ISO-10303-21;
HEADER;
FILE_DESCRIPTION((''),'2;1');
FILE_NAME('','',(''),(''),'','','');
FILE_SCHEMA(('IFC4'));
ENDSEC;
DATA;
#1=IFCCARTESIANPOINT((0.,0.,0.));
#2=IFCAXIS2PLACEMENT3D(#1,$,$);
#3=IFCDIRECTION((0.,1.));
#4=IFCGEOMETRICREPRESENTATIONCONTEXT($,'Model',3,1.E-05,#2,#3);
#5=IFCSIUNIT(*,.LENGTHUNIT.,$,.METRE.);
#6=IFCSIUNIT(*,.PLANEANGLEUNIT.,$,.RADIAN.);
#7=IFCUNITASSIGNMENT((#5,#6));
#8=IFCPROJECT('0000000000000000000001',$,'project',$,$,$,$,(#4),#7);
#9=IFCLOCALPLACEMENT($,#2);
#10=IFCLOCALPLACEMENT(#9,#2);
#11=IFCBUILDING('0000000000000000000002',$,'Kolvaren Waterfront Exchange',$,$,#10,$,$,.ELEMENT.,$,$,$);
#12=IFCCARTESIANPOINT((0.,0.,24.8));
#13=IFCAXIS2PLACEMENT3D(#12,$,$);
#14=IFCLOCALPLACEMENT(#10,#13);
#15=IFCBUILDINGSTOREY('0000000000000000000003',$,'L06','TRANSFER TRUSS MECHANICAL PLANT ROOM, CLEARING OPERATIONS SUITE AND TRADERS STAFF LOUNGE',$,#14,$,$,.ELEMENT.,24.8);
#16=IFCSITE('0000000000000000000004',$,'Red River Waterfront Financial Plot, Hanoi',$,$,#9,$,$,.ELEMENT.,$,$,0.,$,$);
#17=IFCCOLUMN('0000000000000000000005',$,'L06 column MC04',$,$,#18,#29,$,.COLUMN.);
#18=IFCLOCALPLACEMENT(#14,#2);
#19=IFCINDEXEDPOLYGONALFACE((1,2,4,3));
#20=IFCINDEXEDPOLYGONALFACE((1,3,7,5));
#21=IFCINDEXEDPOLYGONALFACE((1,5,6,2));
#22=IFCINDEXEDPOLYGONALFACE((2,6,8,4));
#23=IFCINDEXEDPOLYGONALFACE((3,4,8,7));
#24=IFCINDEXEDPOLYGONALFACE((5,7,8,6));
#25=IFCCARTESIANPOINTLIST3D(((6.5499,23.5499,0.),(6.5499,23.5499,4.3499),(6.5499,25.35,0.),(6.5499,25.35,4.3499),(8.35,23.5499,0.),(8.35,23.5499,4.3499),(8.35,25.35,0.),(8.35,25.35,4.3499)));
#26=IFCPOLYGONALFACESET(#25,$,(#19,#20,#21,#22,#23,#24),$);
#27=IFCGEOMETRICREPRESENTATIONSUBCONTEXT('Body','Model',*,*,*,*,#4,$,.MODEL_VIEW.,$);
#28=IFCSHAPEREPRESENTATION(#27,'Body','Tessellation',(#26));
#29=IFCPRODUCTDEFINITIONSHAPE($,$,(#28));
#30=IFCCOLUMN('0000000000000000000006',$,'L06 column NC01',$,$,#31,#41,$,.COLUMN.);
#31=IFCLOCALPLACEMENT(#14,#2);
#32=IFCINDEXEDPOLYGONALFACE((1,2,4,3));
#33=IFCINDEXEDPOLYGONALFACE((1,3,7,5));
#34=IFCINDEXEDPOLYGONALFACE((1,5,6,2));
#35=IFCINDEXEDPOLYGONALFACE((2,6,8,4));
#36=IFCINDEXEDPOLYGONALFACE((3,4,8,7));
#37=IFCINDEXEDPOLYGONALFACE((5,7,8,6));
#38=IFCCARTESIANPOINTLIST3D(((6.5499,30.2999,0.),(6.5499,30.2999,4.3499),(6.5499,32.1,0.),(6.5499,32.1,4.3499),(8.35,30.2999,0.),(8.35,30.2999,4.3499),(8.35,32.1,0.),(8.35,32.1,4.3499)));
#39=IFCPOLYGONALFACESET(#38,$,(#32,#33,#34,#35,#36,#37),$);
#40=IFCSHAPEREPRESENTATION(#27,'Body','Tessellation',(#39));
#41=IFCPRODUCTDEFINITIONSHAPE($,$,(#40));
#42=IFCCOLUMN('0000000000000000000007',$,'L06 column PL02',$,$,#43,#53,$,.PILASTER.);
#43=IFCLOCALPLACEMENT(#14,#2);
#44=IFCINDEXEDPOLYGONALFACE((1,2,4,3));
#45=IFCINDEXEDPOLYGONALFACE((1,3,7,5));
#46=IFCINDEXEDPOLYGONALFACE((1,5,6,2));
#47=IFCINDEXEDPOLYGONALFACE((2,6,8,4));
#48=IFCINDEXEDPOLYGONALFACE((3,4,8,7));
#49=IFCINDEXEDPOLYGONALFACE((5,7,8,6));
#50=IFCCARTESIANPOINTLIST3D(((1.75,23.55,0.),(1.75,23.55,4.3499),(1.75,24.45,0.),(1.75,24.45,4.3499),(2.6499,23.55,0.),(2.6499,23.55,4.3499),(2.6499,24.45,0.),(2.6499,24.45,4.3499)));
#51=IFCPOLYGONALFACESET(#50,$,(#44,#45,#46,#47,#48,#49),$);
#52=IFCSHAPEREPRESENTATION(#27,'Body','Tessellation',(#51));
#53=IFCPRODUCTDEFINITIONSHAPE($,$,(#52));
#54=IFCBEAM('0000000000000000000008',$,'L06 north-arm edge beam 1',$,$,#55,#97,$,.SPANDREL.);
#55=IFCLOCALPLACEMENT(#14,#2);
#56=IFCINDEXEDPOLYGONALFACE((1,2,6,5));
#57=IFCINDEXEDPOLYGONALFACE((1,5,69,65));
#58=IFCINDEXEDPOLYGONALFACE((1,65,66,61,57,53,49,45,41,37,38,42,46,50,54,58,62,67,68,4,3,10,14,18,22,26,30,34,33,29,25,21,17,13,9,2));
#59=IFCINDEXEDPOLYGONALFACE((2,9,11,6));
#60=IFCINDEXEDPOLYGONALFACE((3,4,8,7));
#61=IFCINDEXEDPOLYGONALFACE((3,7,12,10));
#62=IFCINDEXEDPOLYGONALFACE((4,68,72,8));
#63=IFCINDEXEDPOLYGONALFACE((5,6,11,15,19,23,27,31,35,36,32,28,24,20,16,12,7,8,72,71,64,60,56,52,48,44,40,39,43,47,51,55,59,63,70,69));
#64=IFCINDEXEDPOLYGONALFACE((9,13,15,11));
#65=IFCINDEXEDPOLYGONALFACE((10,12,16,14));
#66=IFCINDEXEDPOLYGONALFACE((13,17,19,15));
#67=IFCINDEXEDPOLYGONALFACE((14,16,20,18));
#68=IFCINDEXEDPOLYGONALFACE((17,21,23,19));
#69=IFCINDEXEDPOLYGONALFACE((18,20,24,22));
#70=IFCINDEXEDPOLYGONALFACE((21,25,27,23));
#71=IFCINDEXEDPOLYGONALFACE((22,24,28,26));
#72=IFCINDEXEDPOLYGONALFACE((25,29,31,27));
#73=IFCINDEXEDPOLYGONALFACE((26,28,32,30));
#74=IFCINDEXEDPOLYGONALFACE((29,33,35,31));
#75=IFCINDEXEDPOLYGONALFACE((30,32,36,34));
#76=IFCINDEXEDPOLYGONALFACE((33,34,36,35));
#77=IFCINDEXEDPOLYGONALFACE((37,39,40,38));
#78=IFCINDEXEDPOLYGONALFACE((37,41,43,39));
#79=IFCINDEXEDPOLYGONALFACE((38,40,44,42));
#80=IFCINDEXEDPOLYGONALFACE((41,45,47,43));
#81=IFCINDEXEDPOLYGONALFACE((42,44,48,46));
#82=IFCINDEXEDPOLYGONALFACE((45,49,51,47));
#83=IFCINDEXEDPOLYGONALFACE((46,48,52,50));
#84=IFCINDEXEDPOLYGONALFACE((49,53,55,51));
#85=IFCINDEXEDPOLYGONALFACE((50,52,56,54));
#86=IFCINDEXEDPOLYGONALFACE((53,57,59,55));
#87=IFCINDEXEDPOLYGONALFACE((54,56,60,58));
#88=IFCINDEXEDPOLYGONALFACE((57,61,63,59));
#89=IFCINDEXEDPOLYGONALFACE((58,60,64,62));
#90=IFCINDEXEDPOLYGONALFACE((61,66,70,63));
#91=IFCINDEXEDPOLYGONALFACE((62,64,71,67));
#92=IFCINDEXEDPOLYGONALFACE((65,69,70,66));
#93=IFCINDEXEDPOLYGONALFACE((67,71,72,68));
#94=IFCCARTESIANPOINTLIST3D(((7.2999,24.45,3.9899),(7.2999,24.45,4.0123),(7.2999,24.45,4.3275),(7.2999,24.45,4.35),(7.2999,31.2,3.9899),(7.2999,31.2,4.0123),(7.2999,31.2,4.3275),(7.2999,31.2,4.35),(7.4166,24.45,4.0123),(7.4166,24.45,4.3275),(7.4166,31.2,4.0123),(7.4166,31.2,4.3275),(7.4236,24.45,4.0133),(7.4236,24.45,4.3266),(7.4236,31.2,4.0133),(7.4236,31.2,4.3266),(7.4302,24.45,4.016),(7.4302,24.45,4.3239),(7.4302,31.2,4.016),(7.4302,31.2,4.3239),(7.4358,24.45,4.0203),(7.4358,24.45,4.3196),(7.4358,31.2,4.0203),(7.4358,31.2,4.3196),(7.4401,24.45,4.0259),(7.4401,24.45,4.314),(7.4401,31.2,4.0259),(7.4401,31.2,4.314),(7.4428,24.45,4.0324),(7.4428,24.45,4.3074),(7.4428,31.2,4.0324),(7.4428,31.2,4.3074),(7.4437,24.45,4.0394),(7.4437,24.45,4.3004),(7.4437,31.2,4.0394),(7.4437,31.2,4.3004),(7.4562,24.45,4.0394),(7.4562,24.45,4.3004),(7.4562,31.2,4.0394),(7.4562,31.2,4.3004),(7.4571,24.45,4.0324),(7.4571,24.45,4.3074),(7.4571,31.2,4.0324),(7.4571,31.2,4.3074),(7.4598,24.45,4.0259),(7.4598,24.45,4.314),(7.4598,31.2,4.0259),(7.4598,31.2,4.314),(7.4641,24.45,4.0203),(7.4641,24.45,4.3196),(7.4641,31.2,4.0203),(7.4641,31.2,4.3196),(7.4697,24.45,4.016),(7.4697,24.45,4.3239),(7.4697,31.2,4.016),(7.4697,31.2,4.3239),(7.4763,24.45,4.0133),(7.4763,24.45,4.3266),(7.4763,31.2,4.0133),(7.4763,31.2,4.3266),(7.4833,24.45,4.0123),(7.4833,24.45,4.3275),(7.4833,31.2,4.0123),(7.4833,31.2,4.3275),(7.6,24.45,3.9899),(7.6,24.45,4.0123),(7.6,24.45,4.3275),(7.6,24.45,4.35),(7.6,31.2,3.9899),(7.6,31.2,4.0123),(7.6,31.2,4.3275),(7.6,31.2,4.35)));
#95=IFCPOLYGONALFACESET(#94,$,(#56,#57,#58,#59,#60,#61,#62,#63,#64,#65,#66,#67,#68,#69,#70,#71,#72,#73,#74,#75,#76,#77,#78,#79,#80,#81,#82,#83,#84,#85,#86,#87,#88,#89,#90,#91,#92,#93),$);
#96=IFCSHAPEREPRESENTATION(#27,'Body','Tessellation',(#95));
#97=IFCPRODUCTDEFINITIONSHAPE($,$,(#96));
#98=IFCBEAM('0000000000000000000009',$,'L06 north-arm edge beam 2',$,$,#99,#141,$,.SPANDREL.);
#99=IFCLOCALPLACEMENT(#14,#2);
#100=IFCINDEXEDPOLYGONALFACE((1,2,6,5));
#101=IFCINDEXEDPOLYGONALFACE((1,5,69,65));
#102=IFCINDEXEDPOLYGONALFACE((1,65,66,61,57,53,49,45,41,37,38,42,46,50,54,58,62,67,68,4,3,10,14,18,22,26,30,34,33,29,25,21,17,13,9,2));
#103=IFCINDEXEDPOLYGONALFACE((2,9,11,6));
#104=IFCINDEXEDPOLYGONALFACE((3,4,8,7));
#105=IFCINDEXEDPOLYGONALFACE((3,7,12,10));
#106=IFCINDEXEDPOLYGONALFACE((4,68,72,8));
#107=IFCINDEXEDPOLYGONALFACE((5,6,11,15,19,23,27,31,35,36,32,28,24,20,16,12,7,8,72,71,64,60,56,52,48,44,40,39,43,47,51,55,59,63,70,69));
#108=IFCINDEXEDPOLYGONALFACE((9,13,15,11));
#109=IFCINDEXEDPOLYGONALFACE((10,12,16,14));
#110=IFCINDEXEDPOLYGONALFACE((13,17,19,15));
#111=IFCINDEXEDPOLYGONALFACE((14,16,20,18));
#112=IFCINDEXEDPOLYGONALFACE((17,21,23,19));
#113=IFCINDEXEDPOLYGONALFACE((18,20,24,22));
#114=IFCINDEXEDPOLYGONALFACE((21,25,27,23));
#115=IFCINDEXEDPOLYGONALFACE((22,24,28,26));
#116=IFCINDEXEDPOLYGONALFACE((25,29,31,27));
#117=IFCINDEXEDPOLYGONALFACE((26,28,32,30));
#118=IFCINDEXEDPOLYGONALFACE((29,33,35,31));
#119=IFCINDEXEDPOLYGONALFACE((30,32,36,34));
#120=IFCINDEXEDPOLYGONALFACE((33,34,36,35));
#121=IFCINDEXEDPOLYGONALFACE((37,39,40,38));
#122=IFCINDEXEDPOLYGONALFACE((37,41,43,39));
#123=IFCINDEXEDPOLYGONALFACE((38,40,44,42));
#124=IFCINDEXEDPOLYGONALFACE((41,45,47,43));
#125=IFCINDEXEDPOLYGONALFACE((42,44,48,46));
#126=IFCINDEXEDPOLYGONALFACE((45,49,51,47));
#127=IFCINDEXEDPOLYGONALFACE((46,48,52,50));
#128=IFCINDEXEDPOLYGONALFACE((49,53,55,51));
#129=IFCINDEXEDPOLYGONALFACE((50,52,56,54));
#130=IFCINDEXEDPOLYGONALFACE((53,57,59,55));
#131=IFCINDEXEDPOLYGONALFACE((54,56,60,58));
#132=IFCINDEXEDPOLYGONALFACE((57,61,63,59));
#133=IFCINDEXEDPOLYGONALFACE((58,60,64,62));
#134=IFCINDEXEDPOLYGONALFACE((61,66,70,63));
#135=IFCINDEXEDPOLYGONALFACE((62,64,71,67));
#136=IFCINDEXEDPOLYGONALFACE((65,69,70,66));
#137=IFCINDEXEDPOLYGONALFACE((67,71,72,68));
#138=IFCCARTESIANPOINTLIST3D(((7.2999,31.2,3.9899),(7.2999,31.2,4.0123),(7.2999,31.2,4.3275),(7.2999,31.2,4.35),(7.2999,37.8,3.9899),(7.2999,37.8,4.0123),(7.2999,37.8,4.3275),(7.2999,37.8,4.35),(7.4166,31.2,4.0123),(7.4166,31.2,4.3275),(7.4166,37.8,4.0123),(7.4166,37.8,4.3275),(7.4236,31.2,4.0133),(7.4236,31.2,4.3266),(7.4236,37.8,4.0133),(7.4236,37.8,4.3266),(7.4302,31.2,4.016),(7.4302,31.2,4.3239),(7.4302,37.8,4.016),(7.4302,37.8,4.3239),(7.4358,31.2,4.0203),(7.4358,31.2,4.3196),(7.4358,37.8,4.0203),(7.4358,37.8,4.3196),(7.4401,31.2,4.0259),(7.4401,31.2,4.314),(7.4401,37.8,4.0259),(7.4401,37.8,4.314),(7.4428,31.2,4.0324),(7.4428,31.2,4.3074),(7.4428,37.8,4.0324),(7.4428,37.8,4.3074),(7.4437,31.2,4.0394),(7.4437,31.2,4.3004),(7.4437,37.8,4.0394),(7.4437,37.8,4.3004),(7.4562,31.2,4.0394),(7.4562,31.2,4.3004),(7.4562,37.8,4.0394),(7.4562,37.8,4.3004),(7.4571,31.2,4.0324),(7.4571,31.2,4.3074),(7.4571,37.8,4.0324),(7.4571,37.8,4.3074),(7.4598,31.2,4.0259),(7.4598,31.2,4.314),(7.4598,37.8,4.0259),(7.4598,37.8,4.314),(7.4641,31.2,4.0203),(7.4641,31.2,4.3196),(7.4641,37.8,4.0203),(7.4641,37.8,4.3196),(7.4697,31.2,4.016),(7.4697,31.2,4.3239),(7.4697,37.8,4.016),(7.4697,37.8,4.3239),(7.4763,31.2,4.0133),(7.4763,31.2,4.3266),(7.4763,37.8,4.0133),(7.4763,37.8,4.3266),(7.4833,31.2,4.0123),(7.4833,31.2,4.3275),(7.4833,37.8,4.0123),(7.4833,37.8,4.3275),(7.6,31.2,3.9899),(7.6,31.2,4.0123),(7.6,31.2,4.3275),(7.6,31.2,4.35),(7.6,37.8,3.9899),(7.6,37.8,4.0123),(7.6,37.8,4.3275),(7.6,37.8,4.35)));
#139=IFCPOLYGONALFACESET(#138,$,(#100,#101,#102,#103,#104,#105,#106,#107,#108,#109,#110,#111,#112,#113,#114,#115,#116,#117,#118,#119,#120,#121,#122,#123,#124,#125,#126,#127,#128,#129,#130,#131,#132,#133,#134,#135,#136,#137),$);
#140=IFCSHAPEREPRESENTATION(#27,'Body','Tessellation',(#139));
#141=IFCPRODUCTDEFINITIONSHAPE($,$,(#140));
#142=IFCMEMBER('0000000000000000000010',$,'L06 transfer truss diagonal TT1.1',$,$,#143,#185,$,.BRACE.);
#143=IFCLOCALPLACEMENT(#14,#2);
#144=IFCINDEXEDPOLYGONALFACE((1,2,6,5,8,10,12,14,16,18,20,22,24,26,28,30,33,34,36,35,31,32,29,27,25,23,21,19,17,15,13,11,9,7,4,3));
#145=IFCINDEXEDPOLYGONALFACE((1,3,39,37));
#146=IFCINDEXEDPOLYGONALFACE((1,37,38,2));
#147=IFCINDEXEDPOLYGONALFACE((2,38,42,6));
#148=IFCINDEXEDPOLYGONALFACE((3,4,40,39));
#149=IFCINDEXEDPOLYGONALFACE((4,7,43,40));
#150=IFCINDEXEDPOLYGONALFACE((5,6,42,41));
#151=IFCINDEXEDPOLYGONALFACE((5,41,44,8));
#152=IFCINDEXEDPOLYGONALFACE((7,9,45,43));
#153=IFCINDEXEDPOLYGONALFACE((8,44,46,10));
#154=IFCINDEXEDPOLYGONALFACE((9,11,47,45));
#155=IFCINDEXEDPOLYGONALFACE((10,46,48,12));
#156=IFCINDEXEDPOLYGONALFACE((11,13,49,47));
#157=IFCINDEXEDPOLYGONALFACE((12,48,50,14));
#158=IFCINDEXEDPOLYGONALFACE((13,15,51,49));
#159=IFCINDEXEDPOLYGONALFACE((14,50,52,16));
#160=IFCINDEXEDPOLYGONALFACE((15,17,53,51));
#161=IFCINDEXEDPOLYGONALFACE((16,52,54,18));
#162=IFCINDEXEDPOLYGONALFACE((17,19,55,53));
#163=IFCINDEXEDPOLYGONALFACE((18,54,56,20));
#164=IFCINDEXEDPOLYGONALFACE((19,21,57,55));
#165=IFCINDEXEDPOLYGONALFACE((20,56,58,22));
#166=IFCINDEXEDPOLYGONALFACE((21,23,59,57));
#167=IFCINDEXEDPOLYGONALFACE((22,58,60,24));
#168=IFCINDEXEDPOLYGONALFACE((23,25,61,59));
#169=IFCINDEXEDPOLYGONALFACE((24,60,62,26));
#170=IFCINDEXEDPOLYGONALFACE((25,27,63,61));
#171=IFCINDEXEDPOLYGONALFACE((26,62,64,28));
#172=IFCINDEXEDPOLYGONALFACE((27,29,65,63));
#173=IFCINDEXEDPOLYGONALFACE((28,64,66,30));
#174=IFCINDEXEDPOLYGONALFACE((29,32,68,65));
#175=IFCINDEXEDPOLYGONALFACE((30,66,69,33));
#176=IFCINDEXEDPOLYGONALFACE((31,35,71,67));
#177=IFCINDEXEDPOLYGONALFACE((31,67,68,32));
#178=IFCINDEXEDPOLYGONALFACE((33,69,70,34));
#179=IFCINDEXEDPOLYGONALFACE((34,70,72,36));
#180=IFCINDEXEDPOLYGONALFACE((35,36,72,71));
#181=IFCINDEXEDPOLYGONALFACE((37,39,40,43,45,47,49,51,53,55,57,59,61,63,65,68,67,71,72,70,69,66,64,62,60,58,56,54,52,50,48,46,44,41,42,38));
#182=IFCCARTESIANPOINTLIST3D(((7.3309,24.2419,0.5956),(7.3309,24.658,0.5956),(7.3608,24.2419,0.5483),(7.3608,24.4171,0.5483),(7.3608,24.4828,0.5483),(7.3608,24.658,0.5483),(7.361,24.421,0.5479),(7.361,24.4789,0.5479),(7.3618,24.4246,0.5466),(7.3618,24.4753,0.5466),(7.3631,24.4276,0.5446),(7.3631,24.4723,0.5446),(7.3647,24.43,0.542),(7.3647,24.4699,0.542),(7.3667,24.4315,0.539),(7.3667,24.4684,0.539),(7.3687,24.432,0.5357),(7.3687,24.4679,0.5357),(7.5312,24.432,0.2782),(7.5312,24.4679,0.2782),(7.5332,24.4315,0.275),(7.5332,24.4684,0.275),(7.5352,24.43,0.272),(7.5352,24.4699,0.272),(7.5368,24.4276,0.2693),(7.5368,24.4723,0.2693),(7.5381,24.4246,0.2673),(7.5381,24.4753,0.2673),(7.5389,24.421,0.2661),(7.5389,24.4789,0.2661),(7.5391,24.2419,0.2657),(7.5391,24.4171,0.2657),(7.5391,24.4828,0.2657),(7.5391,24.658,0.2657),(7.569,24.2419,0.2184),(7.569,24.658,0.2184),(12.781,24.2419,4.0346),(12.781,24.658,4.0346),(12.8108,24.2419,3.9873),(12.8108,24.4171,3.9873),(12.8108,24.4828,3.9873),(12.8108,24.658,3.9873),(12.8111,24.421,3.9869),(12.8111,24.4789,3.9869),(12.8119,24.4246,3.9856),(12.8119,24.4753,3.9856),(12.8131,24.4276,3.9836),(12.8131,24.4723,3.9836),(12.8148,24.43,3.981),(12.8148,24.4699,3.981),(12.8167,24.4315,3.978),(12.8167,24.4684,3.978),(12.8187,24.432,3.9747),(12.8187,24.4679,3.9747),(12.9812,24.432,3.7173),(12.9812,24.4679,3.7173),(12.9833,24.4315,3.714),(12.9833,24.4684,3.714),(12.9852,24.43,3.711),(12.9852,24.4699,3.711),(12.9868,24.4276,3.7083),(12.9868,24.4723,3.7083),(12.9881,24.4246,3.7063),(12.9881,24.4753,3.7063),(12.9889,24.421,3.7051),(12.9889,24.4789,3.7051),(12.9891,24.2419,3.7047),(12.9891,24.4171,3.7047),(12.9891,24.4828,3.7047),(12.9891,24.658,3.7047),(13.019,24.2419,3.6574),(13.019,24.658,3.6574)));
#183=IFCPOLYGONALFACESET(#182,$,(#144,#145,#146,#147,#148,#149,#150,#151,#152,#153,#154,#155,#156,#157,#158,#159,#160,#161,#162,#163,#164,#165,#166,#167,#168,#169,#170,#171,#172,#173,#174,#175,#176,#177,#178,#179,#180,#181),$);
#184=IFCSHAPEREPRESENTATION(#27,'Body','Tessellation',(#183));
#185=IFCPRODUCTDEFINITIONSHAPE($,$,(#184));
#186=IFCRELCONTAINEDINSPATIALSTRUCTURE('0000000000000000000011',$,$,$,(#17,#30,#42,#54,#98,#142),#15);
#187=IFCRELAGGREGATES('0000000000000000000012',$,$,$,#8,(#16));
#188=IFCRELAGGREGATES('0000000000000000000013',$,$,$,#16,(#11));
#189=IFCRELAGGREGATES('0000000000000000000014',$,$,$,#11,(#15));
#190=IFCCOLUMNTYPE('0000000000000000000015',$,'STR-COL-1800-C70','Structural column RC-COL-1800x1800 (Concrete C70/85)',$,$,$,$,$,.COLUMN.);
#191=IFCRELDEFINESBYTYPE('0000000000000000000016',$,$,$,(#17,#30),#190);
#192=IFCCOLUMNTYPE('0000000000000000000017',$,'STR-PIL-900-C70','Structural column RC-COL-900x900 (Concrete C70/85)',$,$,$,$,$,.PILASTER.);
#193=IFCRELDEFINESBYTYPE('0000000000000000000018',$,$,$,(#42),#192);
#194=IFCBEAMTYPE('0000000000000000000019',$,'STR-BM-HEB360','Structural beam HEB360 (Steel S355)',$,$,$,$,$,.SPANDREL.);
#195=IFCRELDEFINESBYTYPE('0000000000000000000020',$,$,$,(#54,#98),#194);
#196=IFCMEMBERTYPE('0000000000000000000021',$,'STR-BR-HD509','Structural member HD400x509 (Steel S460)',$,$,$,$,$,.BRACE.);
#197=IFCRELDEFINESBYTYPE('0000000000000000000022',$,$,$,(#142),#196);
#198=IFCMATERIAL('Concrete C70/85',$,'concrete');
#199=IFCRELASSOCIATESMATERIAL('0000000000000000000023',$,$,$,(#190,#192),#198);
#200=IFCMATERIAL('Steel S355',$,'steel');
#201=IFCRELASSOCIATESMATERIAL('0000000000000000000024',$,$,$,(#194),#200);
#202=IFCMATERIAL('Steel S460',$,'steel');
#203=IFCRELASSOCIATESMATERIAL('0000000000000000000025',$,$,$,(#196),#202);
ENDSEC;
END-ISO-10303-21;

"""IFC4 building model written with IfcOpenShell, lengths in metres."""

from ifc_helpers import new_model, si_unit, direction, frame, origin, origin_2d, place, context, subcontext, project, spatial, rectangle, i_section, extrude, material, material_profile, profile_set, type_object, element, save


model = new_model("IFC4")

# Units and contexts
model_context = context("Model", 3, precision=1e-05, world=origin(), true_north=direction((0.0, 1.0)))
body_context = subcontext(model_context, "Body", "Model", "MODEL_VIEW")
ifc_project = project(units=[si_unit("LENGTHUNIT", "METRE"), si_unit("PLANEANGLEUNIT", "RADIAN")], contexts=[model_context])

# Site, building, storey
site_placement = place(None, origin())
site = spatial("IfcSite", under=ifc_project, at=site_placement, Name="Red River Waterfront Financial Plot, Hanoi", CompositionType="ELEMENT", RefElevation=0.0)
building_placement = place(site_placement, origin())
building = spatial("IfcBuilding", under=site, at=building_placement, Name="Kolvaren Waterfront Exchange", CompositionType="ELEMENT")
storey_placement = place(building_placement, frame((0.0, 0.0, 24.8)))
storey = spatial("IfcBuildingStorey", under=building, at=storey_placement, Name="L06", Description="TRANSFER TRUSS MECHANICAL PLANT ROOM, CLEARING OPERATIONS SUITE AND TRADERS STAFF LOUNGE", CompositionType="ELEMENT", Elevation=24.8)

# Columns
ifc_material_1 = material(Name="Concrete C70/85", Category="concrete")
ifc_material_profile_1 = material_profile(ifc_material_1, rectangle(XDim=1.8, YDim=1.8, at=origin_2d()), Name="RC-COL-1800x1800")
ifc_profile_set_1 = profile_set([ifc_material_profile_1], Name="Concrete C70/85")
column_type_1 = type_object("IfcColumnType", Name="STR-COL-1800-C70", Description="Structural column RC-COL-1800x1800 (Concrete C70/85)", PredefinedType="COLUMN", material=ifc_profile_set_1)
for number, where, z_axis, x_axis, name in (
    (1, (7.45, 24.45, 0.0), (0.0, 0.0, 1.0), (1.0, 0.0, 0.0), "L06 column MC04"),
    (2, (7.45, 31.2, 0.0), (0.0, 0.0, 1.0), (1.0, 0.0, 0.0), "L06 column NC01"),
):
    element("IfcColumn", number, at=place(storey_placement, frame(where, z_axis=z_axis, x_axis=x_axis)), inside=storey, type_object=column_type_1, Name=name, PredefinedType="COLUMN", context=body_context, shape_type="SweptSolid", body=[
        extrude(rectangle(XDim=1.8, YDim=1.8, at=origin_2d()), origin(), (0.0, 0.0, 1.0), 4.3499),
    ])
ifc_material_profile_2 = material_profile(ifc_material_1, rectangle(XDim=0.8999, YDim=0.8999, at=origin_2d()), Name="RC-COL-900x900")
ifc_profile_set_2 = profile_set([ifc_material_profile_2], Name="Concrete C70/85")
column_type_2 = type_object("IfcColumnType", Name="STR-PIL-900-C70", Description="Structural column RC-COL-900x900 (Concrete C70/85)", PredefinedType="PILASTER", material=ifc_profile_set_2)
column_placement = place(storey_placement, frame((2.2, 24.0, 0.0), z_axis=(0.0, 0.0, 1.0), x_axis=(1.0, 0.0, 0.0)))
element("IfcColumn", 3, at=column_placement, inside=storey, type_object=column_type_2, Name="L06 column PL02", PredefinedType="PILASTER", context=body_context, shape_type="SweptSolid", body=[
    extrude(rectangle(XDim=0.8999, YDim=0.8999, at=origin_2d()), origin(), (0.0, 0.0, 1.0), 4.3499),
])

# Beams
ifc_material_2 = material(Name="Steel S355", Category="steel")
ifc_material_profile_3 = material_profile(ifc_material_2, i_section(OverallWidth=0.3, OverallDepth=0.3601, WebThickness=0.0125, FlangeThickness=0.0225, FilletRadius=0.0271, at=origin_2d()), Name="HEB360")
ifc_profile_set_3 = profile_set([ifc_material_profile_3], Name="Steel S355")
beam_type_1 = type_object("IfcBeamType", Name="STR-BM-HEB360", Description="Structural beam HEB360 (Steel S355)", PredefinedType="SPANDREL", material=ifc_profile_set_3)
beam_1_placement = place(storey_placement, frame((7.45, 24.45, 4.1699), z_axis=(0.0, 1.0, 0.0), x_axis=(-1.0, 0.0, 0.0)))
element("IfcBeam", 4, at=beam_1_placement, inside=storey, type_object=beam_type_1, Name="L06 north-arm edge beam 1", PredefinedType="SPANDREL", context=body_context, shape_type="SweptSolid", body=[
    extrude(i_section(OverallWidth=0.3, OverallDepth=0.3601, WebThickness=0.0125, FlangeThickness=0.0225, FilletRadius=0.0271, at=origin_2d()), origin(), (0.0, 0.0, 1.0), 6.75),
])
beam_2_placement = place(storey_placement, frame((7.45, 31.2, 4.1699), z_axis=(0.0, 1.0, 0.0), x_axis=(-1.0, 0.0, 0.0)))
element("IfcBeam", 5, at=beam_2_placement, inside=storey, type_object=beam_type_1, Name="L06 north-arm edge beam 2", PredefinedType="SPANDREL", context=body_context, shape_type="SweptSolid", body=[
    extrude(i_section(OverallWidth=0.3, OverallDepth=0.3601, WebThickness=0.0125, FlangeThickness=0.0225, FilletRadius=0.0271, at=origin_2d()), origin(), (0.0, 0.0, 1.0), 6.6001),
])

# Member
ifc_material_3 = material(Name="Steel S460", Category="steel")
ifc_material_profile_4 = material_profile(ifc_material_3, i_section(OverallWidth=0.416, OverallDepth=0.446, WebThickness=0.0359, FlangeThickness=0.0559, FilletRadius=0.0149, at=origin_2d()), Name="HD400x509")
ifc_profile_set_4 = profile_set([ifc_material_profile_4], Name="Steel S460")
member_type = type_object("IfcMemberType", Name="STR-BR-HD509", Description="Structural member HD400x509 (Steel S460)", PredefinedType="BRACE", material=ifc_profile_set_4)
for number, where, z_axis, x_axis, name in (
    (6, (7.45, 24.45, 0.407), (0.845707, 0.0, 0.533648), (0.0, 1.0, 0.0), "L06 transfer truss diagonal TT1.1"),
):
    element("IfcMember", number, at=place(storey_placement, frame(where, z_axis=z_axis, x_axis=x_axis)), inside=storey, type_object=member_type, Name=name, PredefinedType="BRACE", context=body_context, shape_type="SweptSolid", body=[
        extrude(i_section(OverallWidth=0.416, OverallDepth=0.446, WebThickness=0.0359, FlangeThickness=0.0559, FilletRadius=0.0149, at=origin_2d()), origin(), (0.0, 0.0, 1.0), 6.4443),
    ])

save(model, "model.ifc")
